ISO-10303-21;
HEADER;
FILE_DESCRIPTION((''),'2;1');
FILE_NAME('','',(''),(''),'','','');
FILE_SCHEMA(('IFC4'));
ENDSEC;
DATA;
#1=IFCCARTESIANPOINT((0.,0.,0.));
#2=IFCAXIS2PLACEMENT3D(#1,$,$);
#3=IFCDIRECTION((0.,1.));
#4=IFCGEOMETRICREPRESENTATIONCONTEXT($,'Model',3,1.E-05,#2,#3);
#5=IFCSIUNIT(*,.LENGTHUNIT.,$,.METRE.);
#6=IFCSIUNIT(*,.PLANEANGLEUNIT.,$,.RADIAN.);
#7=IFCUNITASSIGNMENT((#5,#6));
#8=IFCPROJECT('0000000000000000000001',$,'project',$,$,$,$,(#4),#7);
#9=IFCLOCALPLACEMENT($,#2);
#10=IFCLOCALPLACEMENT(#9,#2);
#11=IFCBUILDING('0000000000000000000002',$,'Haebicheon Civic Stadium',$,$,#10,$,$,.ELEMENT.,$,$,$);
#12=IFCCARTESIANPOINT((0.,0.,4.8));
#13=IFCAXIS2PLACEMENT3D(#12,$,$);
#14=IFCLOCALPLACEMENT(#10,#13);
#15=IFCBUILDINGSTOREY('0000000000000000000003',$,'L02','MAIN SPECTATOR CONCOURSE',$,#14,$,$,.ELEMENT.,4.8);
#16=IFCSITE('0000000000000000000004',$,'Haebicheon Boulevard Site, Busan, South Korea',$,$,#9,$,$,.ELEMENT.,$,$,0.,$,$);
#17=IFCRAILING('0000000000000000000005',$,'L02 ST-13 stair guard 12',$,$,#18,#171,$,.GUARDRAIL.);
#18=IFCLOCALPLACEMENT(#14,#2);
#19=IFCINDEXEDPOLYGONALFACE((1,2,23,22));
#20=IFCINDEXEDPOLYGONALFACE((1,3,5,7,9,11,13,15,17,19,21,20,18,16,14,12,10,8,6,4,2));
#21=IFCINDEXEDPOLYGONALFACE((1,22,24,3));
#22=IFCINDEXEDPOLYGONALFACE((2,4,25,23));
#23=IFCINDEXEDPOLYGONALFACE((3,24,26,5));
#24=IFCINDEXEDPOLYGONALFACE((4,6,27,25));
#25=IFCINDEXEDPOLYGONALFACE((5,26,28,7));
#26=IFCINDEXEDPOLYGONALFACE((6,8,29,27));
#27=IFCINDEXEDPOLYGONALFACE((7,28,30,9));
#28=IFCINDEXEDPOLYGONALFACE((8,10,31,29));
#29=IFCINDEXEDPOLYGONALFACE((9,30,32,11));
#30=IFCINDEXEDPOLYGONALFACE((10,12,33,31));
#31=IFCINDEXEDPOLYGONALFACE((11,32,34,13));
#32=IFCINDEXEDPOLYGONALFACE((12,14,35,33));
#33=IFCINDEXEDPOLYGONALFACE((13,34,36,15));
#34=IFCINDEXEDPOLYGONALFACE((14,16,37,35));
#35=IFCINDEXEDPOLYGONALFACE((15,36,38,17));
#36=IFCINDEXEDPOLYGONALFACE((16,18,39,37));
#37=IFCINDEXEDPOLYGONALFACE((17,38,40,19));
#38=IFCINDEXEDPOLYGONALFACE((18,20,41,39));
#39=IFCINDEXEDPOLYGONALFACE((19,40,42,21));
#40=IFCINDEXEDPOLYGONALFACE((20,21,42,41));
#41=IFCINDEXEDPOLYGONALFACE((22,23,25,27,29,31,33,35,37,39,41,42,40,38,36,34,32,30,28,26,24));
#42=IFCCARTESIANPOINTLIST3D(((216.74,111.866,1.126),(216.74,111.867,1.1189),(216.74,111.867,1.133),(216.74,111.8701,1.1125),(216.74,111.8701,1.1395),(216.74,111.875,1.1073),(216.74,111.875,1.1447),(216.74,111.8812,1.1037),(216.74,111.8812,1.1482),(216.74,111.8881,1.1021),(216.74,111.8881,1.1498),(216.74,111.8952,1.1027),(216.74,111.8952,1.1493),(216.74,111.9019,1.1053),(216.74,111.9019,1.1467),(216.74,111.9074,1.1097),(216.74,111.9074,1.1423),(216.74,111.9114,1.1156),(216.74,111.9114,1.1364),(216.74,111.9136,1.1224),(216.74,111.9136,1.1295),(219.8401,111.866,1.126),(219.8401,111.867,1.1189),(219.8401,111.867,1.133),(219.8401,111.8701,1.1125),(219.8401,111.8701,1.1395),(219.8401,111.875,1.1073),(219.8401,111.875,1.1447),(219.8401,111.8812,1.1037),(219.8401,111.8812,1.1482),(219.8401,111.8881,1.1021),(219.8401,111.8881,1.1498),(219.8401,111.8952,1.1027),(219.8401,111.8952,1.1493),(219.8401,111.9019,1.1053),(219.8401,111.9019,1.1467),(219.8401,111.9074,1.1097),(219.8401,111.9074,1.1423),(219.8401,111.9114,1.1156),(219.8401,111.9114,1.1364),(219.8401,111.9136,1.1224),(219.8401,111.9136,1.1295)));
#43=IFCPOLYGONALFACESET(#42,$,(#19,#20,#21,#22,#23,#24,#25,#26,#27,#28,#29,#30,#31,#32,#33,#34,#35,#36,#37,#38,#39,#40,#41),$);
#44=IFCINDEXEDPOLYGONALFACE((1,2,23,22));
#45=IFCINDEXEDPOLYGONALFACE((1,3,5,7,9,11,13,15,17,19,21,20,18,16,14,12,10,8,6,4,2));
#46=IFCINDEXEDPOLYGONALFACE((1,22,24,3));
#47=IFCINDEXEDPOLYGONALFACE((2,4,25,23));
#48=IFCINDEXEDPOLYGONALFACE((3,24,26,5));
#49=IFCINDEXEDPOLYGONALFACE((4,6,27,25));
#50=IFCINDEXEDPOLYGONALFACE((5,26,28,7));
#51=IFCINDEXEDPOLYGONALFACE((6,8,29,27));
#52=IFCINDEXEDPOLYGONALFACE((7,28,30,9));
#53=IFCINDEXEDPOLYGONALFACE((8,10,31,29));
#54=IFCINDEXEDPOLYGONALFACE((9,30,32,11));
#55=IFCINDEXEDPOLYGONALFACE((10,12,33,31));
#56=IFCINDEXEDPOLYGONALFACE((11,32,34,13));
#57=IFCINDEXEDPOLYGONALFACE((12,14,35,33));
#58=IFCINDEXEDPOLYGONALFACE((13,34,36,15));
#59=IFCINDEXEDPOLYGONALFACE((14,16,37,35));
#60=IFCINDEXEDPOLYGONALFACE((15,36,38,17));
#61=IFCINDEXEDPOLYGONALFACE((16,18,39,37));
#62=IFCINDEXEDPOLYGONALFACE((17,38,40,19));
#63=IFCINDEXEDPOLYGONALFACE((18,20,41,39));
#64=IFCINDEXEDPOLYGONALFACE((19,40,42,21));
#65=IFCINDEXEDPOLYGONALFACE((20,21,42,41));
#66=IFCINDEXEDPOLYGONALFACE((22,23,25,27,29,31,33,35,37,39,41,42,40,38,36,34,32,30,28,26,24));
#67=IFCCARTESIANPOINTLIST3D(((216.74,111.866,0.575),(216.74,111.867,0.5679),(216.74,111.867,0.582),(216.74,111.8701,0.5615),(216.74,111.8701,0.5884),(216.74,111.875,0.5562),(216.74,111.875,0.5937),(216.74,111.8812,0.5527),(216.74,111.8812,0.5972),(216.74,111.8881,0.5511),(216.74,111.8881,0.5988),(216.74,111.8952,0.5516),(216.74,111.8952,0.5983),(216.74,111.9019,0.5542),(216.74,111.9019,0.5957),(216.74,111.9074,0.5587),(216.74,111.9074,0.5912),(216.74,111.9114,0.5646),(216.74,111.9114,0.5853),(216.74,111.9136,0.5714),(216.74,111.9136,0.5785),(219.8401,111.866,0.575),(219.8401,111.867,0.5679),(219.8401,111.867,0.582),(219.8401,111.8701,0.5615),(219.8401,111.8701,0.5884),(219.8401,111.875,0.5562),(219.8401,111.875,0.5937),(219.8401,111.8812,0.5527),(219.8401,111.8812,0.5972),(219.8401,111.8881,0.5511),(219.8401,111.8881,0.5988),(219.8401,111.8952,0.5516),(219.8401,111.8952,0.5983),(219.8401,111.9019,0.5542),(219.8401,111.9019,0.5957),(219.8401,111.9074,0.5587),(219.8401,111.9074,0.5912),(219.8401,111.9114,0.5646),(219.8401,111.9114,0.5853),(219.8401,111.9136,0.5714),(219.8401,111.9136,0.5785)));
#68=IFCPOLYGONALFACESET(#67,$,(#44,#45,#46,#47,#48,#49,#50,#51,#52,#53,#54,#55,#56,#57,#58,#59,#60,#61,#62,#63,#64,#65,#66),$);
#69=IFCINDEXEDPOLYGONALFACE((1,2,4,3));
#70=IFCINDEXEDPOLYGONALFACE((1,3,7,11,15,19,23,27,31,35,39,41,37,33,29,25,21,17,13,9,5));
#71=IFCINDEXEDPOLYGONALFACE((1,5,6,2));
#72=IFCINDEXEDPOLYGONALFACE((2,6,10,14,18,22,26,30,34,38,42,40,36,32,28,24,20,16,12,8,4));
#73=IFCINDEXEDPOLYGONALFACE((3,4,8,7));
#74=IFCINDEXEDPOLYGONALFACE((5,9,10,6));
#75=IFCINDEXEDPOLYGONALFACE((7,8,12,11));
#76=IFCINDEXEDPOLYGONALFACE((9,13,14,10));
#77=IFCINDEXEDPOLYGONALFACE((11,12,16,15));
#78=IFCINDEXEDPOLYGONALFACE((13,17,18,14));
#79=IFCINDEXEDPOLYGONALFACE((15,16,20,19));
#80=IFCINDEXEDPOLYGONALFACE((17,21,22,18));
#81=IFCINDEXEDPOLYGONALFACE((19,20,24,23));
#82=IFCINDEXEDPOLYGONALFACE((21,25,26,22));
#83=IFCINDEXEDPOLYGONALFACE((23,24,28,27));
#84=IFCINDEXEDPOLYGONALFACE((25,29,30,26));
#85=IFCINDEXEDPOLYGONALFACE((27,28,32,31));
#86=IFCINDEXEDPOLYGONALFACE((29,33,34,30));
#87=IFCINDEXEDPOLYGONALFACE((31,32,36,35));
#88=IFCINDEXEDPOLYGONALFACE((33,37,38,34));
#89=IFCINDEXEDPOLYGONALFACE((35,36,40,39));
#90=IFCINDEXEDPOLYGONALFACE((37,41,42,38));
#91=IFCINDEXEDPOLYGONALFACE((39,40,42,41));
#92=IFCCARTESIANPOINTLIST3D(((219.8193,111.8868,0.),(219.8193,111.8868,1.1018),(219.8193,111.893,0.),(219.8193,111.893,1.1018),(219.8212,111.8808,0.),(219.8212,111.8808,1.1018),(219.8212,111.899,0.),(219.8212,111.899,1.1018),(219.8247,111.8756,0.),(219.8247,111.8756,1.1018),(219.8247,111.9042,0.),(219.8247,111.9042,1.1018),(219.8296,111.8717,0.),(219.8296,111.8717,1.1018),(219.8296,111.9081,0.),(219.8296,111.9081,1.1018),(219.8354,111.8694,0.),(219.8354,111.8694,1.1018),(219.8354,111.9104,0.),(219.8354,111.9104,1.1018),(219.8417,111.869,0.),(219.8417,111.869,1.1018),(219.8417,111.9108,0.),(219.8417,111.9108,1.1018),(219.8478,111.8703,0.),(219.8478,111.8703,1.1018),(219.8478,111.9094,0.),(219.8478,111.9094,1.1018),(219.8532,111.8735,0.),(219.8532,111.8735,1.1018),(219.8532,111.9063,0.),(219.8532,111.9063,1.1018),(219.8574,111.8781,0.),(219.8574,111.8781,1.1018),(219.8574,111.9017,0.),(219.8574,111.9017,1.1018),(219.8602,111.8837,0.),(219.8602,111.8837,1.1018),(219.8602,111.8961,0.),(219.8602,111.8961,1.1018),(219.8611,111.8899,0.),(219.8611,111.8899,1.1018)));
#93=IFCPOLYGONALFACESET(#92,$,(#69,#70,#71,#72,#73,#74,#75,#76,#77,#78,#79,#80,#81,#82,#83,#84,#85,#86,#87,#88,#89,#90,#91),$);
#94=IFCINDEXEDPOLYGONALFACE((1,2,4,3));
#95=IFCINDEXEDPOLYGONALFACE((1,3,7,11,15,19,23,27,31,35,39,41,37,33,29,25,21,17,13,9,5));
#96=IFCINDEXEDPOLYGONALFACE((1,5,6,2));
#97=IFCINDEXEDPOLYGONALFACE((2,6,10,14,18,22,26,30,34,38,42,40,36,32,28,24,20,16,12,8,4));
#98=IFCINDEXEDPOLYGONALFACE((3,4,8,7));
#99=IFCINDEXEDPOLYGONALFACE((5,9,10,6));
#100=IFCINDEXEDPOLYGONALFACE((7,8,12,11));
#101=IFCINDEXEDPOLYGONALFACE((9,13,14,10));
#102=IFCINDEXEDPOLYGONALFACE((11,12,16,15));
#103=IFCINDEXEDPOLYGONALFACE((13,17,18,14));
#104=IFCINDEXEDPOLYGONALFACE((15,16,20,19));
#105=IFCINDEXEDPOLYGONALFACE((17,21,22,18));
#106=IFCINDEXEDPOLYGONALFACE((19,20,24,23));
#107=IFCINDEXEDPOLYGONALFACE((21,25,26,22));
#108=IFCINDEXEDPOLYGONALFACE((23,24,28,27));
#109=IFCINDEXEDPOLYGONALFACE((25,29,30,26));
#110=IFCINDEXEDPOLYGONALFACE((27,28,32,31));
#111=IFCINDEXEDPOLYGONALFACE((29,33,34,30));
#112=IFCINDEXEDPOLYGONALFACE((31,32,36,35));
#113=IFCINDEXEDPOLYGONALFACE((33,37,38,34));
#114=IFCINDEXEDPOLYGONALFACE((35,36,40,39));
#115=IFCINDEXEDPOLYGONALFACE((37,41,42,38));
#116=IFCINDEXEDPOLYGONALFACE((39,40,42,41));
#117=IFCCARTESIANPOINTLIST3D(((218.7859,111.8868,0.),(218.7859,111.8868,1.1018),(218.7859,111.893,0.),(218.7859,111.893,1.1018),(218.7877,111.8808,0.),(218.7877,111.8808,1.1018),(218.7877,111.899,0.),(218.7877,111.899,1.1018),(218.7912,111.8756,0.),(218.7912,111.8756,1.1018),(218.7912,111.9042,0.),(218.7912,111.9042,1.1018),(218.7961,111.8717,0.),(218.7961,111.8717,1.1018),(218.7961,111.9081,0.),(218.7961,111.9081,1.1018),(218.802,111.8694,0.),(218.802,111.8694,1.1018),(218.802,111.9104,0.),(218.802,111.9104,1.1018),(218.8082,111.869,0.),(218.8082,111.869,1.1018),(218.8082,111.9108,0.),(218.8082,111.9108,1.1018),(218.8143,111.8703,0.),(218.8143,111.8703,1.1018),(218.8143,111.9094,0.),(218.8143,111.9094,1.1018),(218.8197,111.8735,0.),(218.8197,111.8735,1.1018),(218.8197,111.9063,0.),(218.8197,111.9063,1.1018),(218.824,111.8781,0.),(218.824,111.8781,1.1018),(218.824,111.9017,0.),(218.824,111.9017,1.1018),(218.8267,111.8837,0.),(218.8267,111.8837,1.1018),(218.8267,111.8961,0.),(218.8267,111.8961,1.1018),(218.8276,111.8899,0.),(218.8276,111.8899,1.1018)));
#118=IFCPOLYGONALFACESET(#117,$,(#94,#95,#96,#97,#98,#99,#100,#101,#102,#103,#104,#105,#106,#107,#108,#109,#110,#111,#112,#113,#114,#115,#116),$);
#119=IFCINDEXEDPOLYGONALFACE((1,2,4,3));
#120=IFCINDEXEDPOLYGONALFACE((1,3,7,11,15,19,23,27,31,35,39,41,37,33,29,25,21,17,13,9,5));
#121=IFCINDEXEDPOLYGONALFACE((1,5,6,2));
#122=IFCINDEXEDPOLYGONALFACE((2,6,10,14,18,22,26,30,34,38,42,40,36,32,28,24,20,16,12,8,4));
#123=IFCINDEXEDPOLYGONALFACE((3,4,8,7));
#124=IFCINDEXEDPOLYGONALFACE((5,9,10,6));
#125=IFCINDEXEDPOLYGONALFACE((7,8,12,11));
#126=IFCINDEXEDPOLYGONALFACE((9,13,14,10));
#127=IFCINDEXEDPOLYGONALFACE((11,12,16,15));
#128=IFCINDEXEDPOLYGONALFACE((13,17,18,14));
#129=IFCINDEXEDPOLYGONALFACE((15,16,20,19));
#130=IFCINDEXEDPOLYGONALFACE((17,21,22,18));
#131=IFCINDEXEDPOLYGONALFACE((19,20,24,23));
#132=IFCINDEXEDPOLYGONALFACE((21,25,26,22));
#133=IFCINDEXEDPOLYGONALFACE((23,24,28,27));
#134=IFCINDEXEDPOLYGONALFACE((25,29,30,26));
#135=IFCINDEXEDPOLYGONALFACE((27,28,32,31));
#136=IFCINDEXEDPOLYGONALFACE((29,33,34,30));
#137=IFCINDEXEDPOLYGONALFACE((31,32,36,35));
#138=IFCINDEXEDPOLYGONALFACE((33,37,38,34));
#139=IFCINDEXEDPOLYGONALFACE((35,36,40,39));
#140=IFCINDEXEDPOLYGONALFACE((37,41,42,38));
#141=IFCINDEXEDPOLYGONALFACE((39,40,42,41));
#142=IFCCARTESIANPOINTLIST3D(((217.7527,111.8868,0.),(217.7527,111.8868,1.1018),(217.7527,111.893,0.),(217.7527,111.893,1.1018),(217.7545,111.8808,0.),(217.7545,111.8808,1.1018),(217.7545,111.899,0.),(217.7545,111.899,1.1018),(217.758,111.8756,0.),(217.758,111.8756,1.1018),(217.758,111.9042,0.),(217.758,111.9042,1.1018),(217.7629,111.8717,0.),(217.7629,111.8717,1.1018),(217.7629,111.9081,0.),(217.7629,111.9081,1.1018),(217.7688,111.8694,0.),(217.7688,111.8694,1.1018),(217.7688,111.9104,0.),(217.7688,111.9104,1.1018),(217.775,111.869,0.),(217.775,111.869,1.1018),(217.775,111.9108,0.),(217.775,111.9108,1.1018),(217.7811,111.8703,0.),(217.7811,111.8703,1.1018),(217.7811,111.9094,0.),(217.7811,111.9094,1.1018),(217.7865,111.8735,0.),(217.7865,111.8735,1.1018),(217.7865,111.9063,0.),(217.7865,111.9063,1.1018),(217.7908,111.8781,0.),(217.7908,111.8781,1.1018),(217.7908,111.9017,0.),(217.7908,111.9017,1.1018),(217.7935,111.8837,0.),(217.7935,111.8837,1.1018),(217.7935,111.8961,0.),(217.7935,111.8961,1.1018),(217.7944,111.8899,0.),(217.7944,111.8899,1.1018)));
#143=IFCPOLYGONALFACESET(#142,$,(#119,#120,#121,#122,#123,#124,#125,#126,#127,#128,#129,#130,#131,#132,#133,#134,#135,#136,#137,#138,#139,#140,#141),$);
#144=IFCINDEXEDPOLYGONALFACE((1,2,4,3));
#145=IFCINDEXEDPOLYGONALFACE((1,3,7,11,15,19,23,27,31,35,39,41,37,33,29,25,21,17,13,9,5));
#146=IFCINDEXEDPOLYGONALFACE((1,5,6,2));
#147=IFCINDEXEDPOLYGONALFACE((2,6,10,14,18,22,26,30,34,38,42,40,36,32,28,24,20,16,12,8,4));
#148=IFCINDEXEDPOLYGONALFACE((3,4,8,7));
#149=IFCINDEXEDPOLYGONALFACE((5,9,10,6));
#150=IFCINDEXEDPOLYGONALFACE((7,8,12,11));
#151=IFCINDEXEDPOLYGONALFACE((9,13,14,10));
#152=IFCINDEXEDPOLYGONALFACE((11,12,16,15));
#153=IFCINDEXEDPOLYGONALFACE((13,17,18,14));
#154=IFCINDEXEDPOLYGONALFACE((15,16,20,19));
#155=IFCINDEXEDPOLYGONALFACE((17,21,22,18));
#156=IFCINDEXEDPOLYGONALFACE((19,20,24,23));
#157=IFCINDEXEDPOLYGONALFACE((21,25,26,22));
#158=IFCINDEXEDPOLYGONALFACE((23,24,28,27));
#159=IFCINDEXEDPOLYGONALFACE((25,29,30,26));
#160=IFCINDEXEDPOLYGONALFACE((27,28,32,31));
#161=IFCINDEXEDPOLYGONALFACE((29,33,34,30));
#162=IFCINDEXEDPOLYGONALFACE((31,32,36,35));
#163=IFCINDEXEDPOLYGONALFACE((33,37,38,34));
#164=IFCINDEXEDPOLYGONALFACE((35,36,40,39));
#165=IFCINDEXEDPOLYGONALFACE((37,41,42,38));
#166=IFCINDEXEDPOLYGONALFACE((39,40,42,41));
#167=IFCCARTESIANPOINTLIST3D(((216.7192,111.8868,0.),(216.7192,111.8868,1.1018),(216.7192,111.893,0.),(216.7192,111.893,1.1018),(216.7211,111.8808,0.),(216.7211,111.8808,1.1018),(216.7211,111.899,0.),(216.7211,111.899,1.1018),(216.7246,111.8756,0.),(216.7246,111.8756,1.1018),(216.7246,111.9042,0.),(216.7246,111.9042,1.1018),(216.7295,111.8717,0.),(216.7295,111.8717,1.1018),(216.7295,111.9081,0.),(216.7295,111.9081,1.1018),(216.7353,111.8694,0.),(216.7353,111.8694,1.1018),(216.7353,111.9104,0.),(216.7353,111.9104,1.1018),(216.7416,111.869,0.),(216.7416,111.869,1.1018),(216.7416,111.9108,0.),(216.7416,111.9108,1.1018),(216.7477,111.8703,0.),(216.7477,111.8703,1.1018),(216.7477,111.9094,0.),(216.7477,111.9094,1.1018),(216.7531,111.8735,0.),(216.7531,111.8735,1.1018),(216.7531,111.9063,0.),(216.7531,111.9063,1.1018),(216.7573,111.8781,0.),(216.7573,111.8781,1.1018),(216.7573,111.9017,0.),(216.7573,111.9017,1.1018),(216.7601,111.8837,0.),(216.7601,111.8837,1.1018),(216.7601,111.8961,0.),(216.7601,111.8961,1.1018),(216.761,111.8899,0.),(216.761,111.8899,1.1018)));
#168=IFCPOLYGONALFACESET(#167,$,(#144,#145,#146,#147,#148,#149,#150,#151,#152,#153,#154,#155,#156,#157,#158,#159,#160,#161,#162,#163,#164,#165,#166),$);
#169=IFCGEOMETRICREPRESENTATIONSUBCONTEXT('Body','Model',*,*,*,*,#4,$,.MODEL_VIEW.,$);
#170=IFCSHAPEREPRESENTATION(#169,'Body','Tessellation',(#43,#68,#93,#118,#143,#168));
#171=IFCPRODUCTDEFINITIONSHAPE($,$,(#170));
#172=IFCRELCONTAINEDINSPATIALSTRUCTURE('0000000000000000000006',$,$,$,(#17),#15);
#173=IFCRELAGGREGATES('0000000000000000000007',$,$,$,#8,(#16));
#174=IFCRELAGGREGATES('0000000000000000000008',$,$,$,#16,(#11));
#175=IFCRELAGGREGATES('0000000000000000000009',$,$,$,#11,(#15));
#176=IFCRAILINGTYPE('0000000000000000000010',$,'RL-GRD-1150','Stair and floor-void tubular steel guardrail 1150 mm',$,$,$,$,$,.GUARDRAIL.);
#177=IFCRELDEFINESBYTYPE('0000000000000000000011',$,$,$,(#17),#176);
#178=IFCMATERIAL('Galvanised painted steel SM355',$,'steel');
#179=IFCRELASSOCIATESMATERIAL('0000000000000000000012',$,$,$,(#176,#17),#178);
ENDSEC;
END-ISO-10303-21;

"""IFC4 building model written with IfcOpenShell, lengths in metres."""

from ifc_helpers import new_model, si_unit, direction, frame, origin, origin_2d, place, context, subcontext, project, spatial, circle, extrude, material, type_object, element, save


model = new_model("IFC4")

# Units and contexts
model_context = context("Model", 3, precision=1e-05, world=origin(), true_north=direction((0.0, 1.0)))
body_context = subcontext(model_context, "Body", "Model", "MODEL_VIEW")
ifc_project = project(units=[si_unit("LENGTHUNIT", "METRE"), si_unit("PLANEANGLEUNIT", "RADIAN")], contexts=[model_context])

# Site, building, storey
site_placement = place(None, origin())
site = spatial("IfcSite", under=ifc_project, at=site_placement, Name="Haebicheon Boulevard Site, Busan, South Korea", CompositionType="ELEMENT", RefElevation=0.0)
building_placement = place(site_placement, origin())
building = spatial("IfcBuilding", under=site, at=building_placement, Name="Haebicheon Civic Stadium", CompositionType="ELEMENT")
storey_placement = place(building_placement, frame((0.0, 0.0, 4.8)))
storey = spatial("IfcBuildingStorey", under=building, at=storey_placement, Name="L02", Description="MAIN SPECTATOR CONCOURSE", CompositionType="ELEMENT", Elevation=4.8)

# Railing
ifc_material_1 = material(Name="Galvanised painted steel SM355", Category="steel")
railing_type_1 = type_object("IfcRailingType", Name="RL-GRD-1150", Description="Stair and floor-void tubular steel guardrail 1150 mm", PredefinedType="GUARDRAIL", material=ifc_material_1)
railing_1_placement = place(storey_placement, frame((219.8401, 111.8899, 0.0)))
element("IfcRailing", 1, at=railing_1_placement, inside=storey, type_object=railing_type_1, material=ifc_material_1, Name="L02 ST-13 stair guard 12", PredefinedType="GUARDRAIL", context=body_context, shape_type="SweptSolid", body=[
    extrude(circle(Radius=0.0239, at=origin_2d()), frame((0.0, 0.0, 1.126), z_axis=(-1.0, 0.0, 0.0), x_axis=(0.0, -1.0, 0.0)), (0.0, 0.0, 1.0), 3.1001),
    extrude(circle(Radius=0.0239, at=origin_2d()), frame((0.0, 0.0, 0.575), z_axis=(-1.0, 0.0, 0.0), x_axis=(0.0, -1.0, 0.0)), (0.0, 0.0, 1.0), 3.1001),
    extrude(circle(Radius=0.021, at=origin_2d()), origin(), (0.0, 0.0, 1.0), 1.1018),
    extrude(circle(Radius=0.021, at=origin_2d()), frame((-1.0334, 0.0, 0.0)), (0.0, 0.0, 1.0), 1.1018),
    extrude(circle(Radius=0.021, at=origin_2d()), frame((-2.0667, 0.0, 0.0)), (0.0, 0.0, 1.0), 1.1018),
    extrude(circle(Radius=0.021, at=origin_2d()), frame((-3.1001, 0.0, 0.0)), (0.0, 0.0, 1.0), 1.1018),
])

save(model, "model.ifc")
